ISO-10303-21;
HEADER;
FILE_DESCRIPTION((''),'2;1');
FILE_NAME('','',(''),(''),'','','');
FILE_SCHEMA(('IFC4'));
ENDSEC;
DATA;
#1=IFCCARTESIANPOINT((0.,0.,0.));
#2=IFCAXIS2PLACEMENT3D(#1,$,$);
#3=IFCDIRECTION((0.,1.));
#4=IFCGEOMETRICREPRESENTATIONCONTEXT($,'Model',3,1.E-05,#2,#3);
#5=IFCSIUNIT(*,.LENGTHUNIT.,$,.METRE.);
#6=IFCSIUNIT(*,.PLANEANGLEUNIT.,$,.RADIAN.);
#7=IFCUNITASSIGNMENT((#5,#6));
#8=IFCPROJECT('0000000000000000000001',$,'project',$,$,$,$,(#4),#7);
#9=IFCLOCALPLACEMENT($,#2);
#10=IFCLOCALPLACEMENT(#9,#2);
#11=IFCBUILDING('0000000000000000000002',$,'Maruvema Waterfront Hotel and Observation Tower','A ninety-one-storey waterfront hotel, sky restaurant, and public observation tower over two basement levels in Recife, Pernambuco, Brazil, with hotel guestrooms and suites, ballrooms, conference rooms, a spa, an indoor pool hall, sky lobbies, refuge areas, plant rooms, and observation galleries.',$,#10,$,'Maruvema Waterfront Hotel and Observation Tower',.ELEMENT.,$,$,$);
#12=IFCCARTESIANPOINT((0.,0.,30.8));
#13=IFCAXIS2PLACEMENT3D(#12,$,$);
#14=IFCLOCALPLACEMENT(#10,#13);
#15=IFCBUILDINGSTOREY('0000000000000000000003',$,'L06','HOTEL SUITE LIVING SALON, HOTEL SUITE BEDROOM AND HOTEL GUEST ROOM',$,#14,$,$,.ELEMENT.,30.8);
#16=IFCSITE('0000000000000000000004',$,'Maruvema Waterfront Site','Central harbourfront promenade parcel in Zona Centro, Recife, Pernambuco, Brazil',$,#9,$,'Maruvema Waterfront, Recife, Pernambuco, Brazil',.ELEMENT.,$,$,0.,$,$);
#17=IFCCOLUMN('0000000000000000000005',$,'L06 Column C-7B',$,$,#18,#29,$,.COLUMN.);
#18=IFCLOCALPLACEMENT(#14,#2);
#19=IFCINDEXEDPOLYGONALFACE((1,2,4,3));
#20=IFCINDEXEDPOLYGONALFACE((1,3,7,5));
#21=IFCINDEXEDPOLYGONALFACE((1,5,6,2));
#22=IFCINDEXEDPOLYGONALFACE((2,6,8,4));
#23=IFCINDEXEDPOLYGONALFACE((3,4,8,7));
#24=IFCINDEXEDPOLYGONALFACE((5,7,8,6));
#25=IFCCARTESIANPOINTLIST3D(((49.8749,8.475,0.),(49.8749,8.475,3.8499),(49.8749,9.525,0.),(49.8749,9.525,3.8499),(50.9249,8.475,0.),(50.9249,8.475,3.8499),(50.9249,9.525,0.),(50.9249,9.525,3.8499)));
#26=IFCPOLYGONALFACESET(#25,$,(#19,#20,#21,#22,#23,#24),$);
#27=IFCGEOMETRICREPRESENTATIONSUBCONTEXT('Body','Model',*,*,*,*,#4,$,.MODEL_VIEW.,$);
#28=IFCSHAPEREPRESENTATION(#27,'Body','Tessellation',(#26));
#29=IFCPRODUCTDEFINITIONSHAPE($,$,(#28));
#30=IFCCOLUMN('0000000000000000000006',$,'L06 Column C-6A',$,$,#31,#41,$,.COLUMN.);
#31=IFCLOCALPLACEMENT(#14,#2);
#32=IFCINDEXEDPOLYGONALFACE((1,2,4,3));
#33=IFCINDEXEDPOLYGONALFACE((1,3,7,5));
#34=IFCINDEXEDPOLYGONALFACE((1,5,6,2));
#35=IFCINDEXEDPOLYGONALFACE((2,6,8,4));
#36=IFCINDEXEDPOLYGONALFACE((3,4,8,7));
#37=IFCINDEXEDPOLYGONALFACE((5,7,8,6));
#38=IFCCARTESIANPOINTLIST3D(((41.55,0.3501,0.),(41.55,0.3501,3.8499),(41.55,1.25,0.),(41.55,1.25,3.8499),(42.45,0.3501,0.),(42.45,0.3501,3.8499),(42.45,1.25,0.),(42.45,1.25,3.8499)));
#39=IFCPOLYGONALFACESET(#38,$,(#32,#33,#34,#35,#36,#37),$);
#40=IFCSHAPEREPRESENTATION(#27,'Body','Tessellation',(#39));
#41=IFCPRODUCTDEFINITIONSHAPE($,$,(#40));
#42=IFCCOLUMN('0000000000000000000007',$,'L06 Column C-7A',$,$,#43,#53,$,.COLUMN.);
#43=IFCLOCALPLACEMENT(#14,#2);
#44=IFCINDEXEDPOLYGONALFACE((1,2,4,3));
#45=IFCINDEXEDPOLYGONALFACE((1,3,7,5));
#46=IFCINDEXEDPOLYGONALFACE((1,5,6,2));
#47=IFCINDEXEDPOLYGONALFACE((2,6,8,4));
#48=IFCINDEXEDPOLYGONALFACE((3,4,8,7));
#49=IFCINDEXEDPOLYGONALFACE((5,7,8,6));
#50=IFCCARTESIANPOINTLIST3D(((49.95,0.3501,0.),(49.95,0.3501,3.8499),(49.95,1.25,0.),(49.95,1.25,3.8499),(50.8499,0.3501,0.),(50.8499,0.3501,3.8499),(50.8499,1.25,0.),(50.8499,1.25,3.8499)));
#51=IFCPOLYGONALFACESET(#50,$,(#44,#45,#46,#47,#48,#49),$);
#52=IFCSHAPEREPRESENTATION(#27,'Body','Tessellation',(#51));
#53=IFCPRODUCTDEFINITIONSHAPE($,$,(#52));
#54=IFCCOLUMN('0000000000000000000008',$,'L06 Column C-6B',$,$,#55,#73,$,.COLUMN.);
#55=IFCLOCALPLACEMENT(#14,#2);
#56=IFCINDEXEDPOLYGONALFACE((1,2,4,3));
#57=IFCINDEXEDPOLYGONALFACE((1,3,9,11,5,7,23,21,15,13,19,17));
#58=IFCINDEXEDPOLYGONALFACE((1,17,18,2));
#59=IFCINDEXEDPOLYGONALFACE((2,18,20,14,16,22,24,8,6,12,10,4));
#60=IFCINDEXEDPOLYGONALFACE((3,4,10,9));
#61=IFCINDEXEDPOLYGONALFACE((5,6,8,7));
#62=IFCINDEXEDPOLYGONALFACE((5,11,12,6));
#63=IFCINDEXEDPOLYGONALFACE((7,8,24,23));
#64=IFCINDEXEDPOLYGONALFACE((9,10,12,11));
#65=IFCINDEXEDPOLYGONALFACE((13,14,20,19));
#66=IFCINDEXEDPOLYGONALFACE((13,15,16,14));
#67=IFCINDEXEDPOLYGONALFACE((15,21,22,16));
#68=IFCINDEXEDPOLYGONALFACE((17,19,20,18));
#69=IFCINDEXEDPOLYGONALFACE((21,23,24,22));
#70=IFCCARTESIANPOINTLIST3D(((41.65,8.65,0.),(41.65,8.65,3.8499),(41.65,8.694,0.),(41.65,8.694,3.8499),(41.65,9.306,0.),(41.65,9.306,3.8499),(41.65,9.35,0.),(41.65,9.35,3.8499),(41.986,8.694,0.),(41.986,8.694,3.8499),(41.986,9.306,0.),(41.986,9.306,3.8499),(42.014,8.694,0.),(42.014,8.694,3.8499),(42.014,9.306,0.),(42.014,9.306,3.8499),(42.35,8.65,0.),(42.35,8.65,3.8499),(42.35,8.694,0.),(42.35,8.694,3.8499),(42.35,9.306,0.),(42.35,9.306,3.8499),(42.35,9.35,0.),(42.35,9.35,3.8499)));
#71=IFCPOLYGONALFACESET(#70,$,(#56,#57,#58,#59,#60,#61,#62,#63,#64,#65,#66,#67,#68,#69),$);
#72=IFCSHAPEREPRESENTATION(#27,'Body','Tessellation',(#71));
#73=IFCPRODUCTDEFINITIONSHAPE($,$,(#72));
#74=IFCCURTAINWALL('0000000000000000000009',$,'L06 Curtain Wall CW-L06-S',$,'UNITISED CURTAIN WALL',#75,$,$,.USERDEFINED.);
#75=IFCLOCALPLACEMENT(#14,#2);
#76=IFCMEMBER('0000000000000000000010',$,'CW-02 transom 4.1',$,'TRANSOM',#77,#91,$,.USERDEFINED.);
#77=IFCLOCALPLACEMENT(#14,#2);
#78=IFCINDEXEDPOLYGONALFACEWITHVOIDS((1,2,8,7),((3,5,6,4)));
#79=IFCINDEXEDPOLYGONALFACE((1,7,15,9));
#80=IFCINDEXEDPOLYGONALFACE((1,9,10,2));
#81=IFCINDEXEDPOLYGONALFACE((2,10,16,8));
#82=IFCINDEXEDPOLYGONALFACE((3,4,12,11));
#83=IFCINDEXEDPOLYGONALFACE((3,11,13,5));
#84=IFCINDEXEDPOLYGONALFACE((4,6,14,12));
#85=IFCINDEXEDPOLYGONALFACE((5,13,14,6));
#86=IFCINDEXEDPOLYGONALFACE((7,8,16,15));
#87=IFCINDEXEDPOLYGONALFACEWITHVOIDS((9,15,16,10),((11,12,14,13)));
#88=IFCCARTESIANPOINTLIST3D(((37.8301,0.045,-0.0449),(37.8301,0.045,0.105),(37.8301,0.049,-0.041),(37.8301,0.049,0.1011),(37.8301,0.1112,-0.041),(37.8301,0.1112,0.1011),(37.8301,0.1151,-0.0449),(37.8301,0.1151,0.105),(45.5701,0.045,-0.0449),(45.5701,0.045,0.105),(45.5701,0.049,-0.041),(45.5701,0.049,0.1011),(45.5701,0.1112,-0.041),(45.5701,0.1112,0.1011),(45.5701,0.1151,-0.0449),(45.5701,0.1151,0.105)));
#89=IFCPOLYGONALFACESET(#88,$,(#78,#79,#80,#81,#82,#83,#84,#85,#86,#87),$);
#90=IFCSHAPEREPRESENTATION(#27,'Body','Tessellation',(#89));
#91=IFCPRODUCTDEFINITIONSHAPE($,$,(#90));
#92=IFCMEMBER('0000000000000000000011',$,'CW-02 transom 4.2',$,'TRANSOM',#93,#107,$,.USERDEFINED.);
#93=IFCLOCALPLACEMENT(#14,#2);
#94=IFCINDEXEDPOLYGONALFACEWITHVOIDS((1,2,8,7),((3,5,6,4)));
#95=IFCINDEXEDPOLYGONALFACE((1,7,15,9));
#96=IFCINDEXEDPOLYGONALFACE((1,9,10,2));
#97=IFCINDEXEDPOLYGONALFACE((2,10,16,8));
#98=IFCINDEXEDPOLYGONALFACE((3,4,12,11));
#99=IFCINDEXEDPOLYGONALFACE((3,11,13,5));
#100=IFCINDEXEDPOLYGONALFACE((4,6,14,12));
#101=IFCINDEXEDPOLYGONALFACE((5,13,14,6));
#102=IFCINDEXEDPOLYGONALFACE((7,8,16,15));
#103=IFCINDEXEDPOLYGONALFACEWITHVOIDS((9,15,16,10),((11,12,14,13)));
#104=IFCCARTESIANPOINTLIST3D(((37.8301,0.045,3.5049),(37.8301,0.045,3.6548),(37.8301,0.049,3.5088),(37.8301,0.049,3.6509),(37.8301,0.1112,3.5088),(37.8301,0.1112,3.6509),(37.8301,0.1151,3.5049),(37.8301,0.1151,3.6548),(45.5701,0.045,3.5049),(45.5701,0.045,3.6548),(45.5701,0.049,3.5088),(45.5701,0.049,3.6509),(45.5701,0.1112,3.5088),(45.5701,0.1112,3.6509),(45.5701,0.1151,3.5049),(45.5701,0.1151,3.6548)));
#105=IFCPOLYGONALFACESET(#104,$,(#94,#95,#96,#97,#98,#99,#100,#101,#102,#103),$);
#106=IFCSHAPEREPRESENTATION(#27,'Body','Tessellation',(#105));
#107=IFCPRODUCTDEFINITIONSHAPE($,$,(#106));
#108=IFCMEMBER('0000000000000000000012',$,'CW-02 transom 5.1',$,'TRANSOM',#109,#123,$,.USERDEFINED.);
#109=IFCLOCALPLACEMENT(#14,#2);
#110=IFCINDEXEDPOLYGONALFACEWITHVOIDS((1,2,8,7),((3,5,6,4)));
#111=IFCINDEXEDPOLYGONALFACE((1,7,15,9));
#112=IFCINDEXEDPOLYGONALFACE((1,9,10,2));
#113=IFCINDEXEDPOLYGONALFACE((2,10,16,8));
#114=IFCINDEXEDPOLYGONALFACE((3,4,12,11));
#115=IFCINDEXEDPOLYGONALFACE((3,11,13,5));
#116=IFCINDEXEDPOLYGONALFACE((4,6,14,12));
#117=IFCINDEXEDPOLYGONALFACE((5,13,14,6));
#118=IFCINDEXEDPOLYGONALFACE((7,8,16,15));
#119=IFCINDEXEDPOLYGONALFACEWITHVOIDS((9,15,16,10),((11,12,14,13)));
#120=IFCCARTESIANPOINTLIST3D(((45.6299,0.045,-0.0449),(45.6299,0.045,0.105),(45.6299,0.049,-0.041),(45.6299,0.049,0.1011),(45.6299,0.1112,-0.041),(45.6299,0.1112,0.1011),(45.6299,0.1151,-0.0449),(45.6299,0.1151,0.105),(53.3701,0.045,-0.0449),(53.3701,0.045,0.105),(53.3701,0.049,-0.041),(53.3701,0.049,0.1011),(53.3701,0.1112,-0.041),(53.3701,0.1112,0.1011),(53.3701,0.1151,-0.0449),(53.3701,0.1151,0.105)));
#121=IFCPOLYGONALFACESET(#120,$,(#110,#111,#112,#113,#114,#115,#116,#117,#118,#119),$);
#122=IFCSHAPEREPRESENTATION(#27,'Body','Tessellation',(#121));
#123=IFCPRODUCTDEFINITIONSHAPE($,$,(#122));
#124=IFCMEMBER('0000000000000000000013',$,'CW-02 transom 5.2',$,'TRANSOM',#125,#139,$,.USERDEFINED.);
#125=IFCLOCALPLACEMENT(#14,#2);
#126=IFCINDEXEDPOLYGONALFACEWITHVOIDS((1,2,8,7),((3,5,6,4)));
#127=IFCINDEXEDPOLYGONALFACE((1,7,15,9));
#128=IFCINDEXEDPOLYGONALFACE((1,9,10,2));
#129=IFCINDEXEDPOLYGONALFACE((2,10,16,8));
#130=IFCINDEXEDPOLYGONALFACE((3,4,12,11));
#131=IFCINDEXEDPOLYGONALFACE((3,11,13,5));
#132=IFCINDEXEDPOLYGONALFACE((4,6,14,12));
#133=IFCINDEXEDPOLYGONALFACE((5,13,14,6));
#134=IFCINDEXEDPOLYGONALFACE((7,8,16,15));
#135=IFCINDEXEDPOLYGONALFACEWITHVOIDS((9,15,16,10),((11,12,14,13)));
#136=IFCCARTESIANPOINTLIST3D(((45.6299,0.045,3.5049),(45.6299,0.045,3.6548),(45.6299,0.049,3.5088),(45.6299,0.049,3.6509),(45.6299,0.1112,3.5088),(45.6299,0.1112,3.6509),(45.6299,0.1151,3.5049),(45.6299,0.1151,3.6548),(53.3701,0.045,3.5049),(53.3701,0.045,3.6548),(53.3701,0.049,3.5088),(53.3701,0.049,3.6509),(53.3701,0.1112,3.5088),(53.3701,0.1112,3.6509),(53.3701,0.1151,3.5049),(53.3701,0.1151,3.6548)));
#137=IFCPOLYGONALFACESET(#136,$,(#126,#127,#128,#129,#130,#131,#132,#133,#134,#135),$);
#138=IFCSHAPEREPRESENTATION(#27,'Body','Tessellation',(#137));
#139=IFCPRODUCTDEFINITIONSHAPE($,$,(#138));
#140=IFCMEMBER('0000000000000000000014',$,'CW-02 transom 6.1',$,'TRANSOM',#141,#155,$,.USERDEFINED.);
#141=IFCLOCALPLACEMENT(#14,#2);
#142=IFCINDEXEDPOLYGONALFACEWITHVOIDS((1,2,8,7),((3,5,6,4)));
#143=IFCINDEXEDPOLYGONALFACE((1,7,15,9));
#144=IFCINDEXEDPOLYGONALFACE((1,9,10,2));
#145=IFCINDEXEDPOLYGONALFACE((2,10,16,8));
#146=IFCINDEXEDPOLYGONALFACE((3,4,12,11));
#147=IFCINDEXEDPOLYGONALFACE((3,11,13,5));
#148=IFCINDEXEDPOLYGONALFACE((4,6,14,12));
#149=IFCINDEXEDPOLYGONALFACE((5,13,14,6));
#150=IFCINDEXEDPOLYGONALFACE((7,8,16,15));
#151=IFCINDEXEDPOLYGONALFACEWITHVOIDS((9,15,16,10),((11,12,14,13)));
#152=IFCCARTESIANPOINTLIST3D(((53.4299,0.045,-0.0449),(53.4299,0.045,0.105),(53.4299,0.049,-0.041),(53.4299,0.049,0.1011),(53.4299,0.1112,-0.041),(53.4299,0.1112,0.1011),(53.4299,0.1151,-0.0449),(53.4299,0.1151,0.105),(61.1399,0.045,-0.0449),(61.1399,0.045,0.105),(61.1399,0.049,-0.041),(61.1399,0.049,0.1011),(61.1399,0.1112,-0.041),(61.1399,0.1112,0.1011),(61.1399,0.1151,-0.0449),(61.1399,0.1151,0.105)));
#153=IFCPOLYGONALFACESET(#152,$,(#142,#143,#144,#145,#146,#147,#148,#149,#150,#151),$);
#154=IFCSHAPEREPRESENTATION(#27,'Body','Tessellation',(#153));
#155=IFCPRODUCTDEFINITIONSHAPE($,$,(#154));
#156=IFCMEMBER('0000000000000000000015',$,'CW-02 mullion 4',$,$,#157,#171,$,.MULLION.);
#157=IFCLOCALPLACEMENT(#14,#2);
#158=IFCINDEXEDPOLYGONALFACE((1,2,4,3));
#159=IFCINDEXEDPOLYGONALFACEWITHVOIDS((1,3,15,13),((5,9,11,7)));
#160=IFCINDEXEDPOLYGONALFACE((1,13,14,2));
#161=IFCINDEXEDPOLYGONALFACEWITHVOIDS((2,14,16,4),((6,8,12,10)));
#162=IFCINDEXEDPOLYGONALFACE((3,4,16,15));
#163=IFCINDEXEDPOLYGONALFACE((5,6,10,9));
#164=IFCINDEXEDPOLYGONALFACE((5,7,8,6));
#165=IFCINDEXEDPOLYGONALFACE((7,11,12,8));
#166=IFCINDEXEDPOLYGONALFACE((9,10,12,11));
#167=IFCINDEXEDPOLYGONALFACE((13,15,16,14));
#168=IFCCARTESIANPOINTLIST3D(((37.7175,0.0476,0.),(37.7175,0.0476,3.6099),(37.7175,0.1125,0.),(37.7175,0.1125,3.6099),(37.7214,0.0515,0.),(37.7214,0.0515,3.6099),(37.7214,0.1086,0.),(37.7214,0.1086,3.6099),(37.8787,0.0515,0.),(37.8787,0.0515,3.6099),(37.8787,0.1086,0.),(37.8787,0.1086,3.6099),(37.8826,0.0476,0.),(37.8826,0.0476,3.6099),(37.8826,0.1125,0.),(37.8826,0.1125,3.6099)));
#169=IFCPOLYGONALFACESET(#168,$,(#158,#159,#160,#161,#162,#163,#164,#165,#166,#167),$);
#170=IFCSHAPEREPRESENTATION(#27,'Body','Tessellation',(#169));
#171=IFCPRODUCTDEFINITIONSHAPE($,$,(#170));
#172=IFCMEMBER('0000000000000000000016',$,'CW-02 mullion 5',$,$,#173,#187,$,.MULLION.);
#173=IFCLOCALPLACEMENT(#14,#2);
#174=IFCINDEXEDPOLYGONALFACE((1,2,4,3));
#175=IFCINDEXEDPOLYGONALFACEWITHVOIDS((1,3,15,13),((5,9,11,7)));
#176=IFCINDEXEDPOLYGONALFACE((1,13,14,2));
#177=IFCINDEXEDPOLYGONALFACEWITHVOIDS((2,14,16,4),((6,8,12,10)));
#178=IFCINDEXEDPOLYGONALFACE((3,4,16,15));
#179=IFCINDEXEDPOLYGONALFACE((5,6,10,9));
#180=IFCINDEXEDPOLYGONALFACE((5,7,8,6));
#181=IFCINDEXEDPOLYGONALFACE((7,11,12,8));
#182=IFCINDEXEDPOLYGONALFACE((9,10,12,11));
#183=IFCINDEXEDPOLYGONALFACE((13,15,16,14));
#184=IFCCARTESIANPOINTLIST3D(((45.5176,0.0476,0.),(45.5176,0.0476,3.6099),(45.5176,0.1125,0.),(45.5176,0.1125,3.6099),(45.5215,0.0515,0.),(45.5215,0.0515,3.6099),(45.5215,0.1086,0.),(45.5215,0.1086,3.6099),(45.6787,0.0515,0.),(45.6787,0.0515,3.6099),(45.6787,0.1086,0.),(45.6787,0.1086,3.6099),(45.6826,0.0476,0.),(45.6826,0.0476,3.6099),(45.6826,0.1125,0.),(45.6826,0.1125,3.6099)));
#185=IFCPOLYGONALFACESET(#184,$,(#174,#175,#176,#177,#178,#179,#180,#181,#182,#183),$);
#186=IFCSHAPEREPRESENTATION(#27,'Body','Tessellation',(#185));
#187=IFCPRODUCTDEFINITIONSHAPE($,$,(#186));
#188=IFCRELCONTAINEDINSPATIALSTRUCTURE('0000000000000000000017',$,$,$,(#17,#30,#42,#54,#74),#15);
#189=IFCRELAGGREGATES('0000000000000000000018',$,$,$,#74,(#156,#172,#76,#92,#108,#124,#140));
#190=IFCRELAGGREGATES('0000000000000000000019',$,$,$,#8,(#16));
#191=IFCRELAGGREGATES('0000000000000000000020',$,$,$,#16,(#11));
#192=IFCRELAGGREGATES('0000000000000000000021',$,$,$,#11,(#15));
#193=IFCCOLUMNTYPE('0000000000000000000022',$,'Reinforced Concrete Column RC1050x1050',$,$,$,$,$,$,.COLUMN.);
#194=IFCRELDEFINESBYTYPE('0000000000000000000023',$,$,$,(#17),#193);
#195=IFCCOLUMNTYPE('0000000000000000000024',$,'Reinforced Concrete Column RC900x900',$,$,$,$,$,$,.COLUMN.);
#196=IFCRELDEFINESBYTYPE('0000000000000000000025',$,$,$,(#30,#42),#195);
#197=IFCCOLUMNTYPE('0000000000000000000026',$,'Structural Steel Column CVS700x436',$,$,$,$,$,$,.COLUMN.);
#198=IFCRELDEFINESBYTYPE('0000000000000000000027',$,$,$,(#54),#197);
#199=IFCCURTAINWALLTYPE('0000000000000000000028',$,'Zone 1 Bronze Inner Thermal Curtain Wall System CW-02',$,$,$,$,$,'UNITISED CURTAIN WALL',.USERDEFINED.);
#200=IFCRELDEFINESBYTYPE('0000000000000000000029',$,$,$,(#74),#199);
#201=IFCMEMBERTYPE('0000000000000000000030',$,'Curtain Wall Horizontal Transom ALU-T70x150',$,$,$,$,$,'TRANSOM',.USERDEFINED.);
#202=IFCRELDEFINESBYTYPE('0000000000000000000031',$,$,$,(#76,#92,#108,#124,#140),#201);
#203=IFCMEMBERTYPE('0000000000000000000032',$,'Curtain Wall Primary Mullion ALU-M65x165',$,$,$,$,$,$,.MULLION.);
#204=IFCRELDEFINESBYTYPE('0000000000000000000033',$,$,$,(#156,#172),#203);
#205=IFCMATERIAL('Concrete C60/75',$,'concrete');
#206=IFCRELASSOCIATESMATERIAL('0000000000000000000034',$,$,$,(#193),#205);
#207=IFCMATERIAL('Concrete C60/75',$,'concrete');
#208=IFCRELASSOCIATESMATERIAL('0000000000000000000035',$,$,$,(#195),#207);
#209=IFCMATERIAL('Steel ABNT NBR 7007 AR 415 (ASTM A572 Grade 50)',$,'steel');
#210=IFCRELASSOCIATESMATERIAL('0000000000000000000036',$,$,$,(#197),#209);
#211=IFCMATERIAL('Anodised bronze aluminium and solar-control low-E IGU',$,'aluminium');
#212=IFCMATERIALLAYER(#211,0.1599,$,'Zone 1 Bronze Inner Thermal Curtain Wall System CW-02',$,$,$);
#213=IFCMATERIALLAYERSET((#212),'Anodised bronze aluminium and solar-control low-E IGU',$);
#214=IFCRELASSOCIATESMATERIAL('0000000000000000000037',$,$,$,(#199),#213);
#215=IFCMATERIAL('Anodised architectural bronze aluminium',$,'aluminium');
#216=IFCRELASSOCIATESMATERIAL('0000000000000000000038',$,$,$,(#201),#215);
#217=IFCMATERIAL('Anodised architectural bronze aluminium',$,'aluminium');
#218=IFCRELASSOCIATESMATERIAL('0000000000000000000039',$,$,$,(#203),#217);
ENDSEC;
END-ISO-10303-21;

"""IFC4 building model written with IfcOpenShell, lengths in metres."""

from ifc_helpers import new_model, si_unit, direction, frame, origin, origin_2d, place, context, subcontext, project, spatial, rectangle, hollow_rectangle, i_section, extrude, material, layer, layer_set, material_profile, profile_set, type_object, element, aggregate, save


model = new_model("IFC4")

# Units and contexts
model_context = context("Model", 3, precision=1e-05, world=origin(), true_north=direction((0.0, 1.0)))
body_context = subcontext(model_context, "Body", "Model", "MODEL_VIEW")
ifc_project = project(units=[si_unit("LENGTHUNIT", "METRE"), si_unit("PLANEANGLEUNIT", "RADIAN")], contexts=[model_context])

# Site, building, storey
site_placement = place(None, origin())
site = spatial("IfcSite", under=ifc_project, at=site_placement, Name="Maruvema Waterfront Site", Description="Central harbourfront promenade parcel in Zona Centro, Recife, Pernambuco, Brazil", LongName="Maruvema Waterfront, Recife, Pernambuco, Brazil", CompositionType="ELEMENT", RefElevation=0.0)
building_placement = place(site_placement, origin())
building = spatial("IfcBuilding", under=site, at=building_placement, Name="Maruvema Waterfront Hotel and Observation Tower", Description="A ninety-one-storey waterfront hotel, sky restaurant, and public observation tower over two basement levels in Recife, Pernambuco, Brazil, with hotel guestrooms and suites, ballrooms, conference rooms, a spa, an indoor pool hall, sky lobbies, refuge areas, plant rooms, and observation galleries.", LongName="Maruvema Waterfront Hotel and Observation Tower", CompositionType="ELEMENT")
storey_placement = place(building_placement, frame((0.0, 0.0, 30.8)))
storey = spatial("IfcBuildingStorey", under=building, at=storey_placement, Name="L06", Description="HOTEL SUITE LIVING SALON, HOTEL SUITE BEDROOM AND HOTEL GUEST ROOM", CompositionType="ELEMENT", Elevation=30.8)

# Columns
ifc_material_1 = material(Name="Concrete C60/75", Category="concrete")
ifc_material_profile_1 = material_profile(ifc_material_1, rectangle(XDim=1.05, YDim=1.05, at=origin_2d()), Name="RC1050x1050")
ifc_profile_set_1 = profile_set([ifc_material_profile_1], Name="Concrete C60/75")
column_type_1 = type_object("IfcColumnType", Name="Reinforced Concrete Column RC1050x1050", PredefinedType="COLUMN", material=ifc_profile_set_1)
column_1_placement = place(storey_placement, frame((50.3999, 9.0, 0.0), z_axis=(0.0, 0.0, 1.0), x_axis=(1.0, 0.0, 0.0)))
element("IfcColumn", 1, at=column_1_placement, inside=storey, type_object=column_type_1, Name="L06 Column C-7B", PredefinedType="COLUMN", context=body_context, shape_type="SweptSolid", body=[
    extrude(rectangle(XDim=1.05, YDim=1.05, at=origin_2d()), origin(), (0.0, 0.0, 1.0), 3.8499),
])
ifc_material_2 = material(Name="Concrete C60/75", Category="concrete")
ifc_material_profile_2 = material_profile(ifc_material_2, rectangle(XDim=0.8999, YDim=0.8999, at=origin_2d()), Name="RC900x900")
ifc_profile_set_2 = profile_set([ifc_material_profile_2], Name="Concrete C60/75")
column_type_2 = type_object("IfcColumnType", Name="Reinforced Concrete Column RC900x900", PredefinedType="COLUMN", material=ifc_profile_set_2)
for number, where, z_axis, x_axis, name in (
    (2, (42.0, 0.8, 0.0), (0.0, 0.0, 1.0), (1.0, 0.0, 0.0), "L06 Column C-6A"),
    (3, (50.3999, 0.8, 0.0), (0.0, 0.0, 1.0), (1.0, 0.0, 0.0), "L06 Column C-7A"),
):
    element("IfcColumn", number, at=place(storey_placement, frame(where, z_axis=z_axis, x_axis=x_axis)), inside=storey, type_object=column_type_2, Name=name, PredefinedType="COLUMN", context=body_context, shape_type="SweptSolid", body=[
        extrude(rectangle(XDim=0.8999, YDim=0.8999, at=origin_2d()), origin(), (0.0, 0.0, 1.0), 3.8499),
    ])
ifc_material_3 = material(Name="Steel ABNT NBR 7007 AR 415 (ASTM A572 Grade 50)", Category="steel")
ifc_material_profile_3 = material_profile(ifc_material_3, i_section(OverallWidth=0.7, OverallDepth=0.7, WebThickness=0.0281, FlangeThickness=0.0439, at=origin_2d()), Name="CVS700x436")
ifc_profile_set_3 = profile_set([ifc_material_profile_3], Name="Steel ABNT NBR 7007 AR 415 (ASTM A572 Grade 50)")
column_type_3 = type_object("IfcColumnType", Name="Structural Steel Column CVS700x436", PredefinedType="COLUMN", material=ifc_profile_set_3)
column_2_placement = place(storey_placement, frame((42.0, 9.0, 0.0), z_axis=(0.0, 0.0, 1.0), x_axis=(1.0, 0.0, 0.0)))
element("IfcColumn", 4, at=column_2_placement, inside=storey, type_object=column_type_3, Name="L06 Column C-6B", PredefinedType="COLUMN", context=body_context, shape_type="SweptSolid", body=[
    extrude(i_section(OverallWidth=0.7, OverallDepth=0.7, WebThickness=0.0281, FlangeThickness=0.0439, at=origin_2d()), origin(), (0.0, 0.0, 1.0), 3.8499),
])

# Curtain wall, members
ifc_material_4 = material(Name="Anodised bronze aluminium and solar-control low-E IGU", Category="aluminium")
ifc_layer_1 = layer(ifc_material_4, 0.1599, Name="Zone 1 Bronze Inner Thermal Curtain Wall System CW-02")
ifc_layer_set_1 = layer_set([ifc_layer_1], Name="Anodised bronze aluminium and solar-control low-E IGU")
curtain_wall_type = type_object("IfcCurtainWallType", Name="Zone 1 Bronze Inner Thermal Curtain Wall System CW-02", ElementType="UNITISED CURTAIN WALL", PredefinedType="USERDEFINED", material=ifc_layer_set_1)
curtain_wall_placement = place(storey_placement, origin())
curtain_wall = element("IfcCurtainWall", 5, at=curtain_wall_placement, inside=storey, type_object=curtain_wall_type, Name="L06 Curtain Wall CW-L06-S", ObjectType="UNITISED CURTAIN WALL", PredefinedType="USERDEFINED")
ifc_material_5 = material(Name="Anodised architectural bronze aluminium", Category="aluminium")
ifc_material_profile_4 = material_profile(ifc_material_5, hollow_rectangle(XDim=0.0701, YDim=0.1499, WallThickness=0.0039, at=origin_2d()), Name="ALU-T70x150")
ifc_profile_set_4 = profile_set([ifc_material_profile_4], Name="Anodised architectural bronze aluminium")
member_type_1 = type_object("IfcMemberType", Name="Curtain Wall Horizontal Transom ALU-T70x150", ElementType="TRANSOM", PredefinedType="USERDEFINED", material=ifc_profile_set_4)
member_1_placement = place(storey_placement, frame((37.8301, 0.0801, 0.03), z_axis=(1.0, 0.0, 0.0), x_axis=(0.0, 1.0, 0.0)))
member_1 = element("IfcMember", 6, at=member_1_placement, type_object=member_type_1, Name="CW-02 transom 4.1", ObjectType="TRANSOM", PredefinedType="USERDEFINED", context=body_context, shape_type="SweptSolid", body=[
    extrude(hollow_rectangle(XDim=0.0701, YDim=0.1499, WallThickness=0.0039, at=origin_2d()), origin(), (0.0, 0.0, 1.0), 7.74),
])
member_2_placement = place(storey_placement, frame((37.8301, 0.0801, 3.5798), z_axis=(1.0, 0.0, 0.0), x_axis=(0.0, 1.0, 0.0)))
member_2 = element("IfcMember", 7, at=member_2_placement, type_object=member_type_1, Name="CW-02 transom 4.2", ObjectType="TRANSOM", PredefinedType="USERDEFINED", context=body_context, shape_type="SweptSolid", body=[
    extrude(hollow_rectangle(XDim=0.0701, YDim=0.1499, WallThickness=0.0039, at=origin_2d()), origin(), (0.0, 0.0, 1.0), 7.74),
])
member_3_placement = place(storey_placement, frame((45.6299, 0.0801, 0.03), z_axis=(1.0, 0.0, 0.0), x_axis=(0.0, 1.0, 0.0)))
member_3 = element("IfcMember", 8, at=member_3_placement, type_object=member_type_1, Name="CW-02 transom 5.1", ObjectType="TRANSOM", PredefinedType="USERDEFINED", context=body_context, shape_type="SweptSolid", body=[
    extrude(hollow_rectangle(XDim=0.0701, YDim=0.1499, WallThickness=0.0039, at=origin_2d()), origin(), (0.0, 0.0, 1.0), 7.7402),
])
member_4_placement = place(storey_placement, frame((45.6299, 0.0801, 3.5798), z_axis=(1.0, 0.0, 0.0), x_axis=(0.0, 1.0, 0.0)))
member_4 = element("IfcMember", 9, at=member_4_placement, type_object=member_type_1, Name="CW-02 transom 5.2", ObjectType="TRANSOM", PredefinedType="USERDEFINED", context=body_context, shape_type="SweptSolid", body=[
    extrude(hollow_rectangle(XDim=0.0701, YDim=0.1499, WallThickness=0.0039, at=origin_2d()), origin(), (0.0, 0.0, 1.0), 7.7402),
])
member_5_placement = place(storey_placement, frame((53.4299, 0.0801, 0.03), z_axis=(1.0, 0.0, 0.0), x_axis=(0.0, 1.0, 0.0)))
member_5 = element("IfcMember", 10, at=member_5_placement, type_object=member_type_1, Name="CW-02 transom 6.1", ObjectType="TRANSOM", PredefinedType="USERDEFINED", context=body_context, shape_type="SweptSolid", body=[
    extrude(hollow_rectangle(XDim=0.0701, YDim=0.1499, WallThickness=0.0039, at=origin_2d()), origin(), (0.0, 0.0, 1.0), 7.71),
])
ifc_material_6 = material(Name="Anodised architectural bronze aluminium", Category="aluminium")
ifc_material_profile_5 = material_profile(ifc_material_6, hollow_rectangle(XDim=0.0649, YDim=0.165, WallThickness=0.0039, at=origin_2d()), Name="ALU-M65x165")
ifc_profile_set_5 = profile_set([ifc_material_profile_5], Name="Anodised architectural bronze aluminium")
member_type_2 = type_object("IfcMemberType", Name="Curtain Wall Primary Mullion ALU-M65x165", PredefinedType="MULLION", material=ifc_profile_set_5)
member_6_placement = place(storey_placement, frame((37.8, 0.0801, 0.0), z_axis=(0.0, 0.0, 1.0), x_axis=(0.0, 1.0, 0.0)))
member_6 = element("IfcMember", 11, at=member_6_placement, type_object=member_type_2, Name="CW-02 mullion 4", PredefinedType="MULLION", context=body_context, shape_type="SweptSolid", body=[
    extrude(hollow_rectangle(XDim=0.0649, YDim=0.165, WallThickness=0.0039, at=origin_2d()), origin(), (0.0, 0.0, 1.0), 3.6099),
])
member_7_placement = place(storey_placement, frame((45.6001, 0.0801, 0.0), z_axis=(0.0, 0.0, 1.0), x_axis=(0.0, 1.0, 0.0)))
member_7 = element("IfcMember", 12, at=member_7_placement, type_object=member_type_2, Name="CW-02 mullion 5", PredefinedType="MULLION", context=body_context, shape_type="SweptSolid", body=[
    extrude(hollow_rectangle(XDim=0.0649, YDim=0.165, WallThickness=0.0039, at=origin_2d()), origin(), (0.0, 0.0, 1.0), 3.6099),
])

aggregate(curtain_wall, [member_6, member_7, member_1, member_2, member_3, member_4, member_5])

save(model, "model.ifc")
